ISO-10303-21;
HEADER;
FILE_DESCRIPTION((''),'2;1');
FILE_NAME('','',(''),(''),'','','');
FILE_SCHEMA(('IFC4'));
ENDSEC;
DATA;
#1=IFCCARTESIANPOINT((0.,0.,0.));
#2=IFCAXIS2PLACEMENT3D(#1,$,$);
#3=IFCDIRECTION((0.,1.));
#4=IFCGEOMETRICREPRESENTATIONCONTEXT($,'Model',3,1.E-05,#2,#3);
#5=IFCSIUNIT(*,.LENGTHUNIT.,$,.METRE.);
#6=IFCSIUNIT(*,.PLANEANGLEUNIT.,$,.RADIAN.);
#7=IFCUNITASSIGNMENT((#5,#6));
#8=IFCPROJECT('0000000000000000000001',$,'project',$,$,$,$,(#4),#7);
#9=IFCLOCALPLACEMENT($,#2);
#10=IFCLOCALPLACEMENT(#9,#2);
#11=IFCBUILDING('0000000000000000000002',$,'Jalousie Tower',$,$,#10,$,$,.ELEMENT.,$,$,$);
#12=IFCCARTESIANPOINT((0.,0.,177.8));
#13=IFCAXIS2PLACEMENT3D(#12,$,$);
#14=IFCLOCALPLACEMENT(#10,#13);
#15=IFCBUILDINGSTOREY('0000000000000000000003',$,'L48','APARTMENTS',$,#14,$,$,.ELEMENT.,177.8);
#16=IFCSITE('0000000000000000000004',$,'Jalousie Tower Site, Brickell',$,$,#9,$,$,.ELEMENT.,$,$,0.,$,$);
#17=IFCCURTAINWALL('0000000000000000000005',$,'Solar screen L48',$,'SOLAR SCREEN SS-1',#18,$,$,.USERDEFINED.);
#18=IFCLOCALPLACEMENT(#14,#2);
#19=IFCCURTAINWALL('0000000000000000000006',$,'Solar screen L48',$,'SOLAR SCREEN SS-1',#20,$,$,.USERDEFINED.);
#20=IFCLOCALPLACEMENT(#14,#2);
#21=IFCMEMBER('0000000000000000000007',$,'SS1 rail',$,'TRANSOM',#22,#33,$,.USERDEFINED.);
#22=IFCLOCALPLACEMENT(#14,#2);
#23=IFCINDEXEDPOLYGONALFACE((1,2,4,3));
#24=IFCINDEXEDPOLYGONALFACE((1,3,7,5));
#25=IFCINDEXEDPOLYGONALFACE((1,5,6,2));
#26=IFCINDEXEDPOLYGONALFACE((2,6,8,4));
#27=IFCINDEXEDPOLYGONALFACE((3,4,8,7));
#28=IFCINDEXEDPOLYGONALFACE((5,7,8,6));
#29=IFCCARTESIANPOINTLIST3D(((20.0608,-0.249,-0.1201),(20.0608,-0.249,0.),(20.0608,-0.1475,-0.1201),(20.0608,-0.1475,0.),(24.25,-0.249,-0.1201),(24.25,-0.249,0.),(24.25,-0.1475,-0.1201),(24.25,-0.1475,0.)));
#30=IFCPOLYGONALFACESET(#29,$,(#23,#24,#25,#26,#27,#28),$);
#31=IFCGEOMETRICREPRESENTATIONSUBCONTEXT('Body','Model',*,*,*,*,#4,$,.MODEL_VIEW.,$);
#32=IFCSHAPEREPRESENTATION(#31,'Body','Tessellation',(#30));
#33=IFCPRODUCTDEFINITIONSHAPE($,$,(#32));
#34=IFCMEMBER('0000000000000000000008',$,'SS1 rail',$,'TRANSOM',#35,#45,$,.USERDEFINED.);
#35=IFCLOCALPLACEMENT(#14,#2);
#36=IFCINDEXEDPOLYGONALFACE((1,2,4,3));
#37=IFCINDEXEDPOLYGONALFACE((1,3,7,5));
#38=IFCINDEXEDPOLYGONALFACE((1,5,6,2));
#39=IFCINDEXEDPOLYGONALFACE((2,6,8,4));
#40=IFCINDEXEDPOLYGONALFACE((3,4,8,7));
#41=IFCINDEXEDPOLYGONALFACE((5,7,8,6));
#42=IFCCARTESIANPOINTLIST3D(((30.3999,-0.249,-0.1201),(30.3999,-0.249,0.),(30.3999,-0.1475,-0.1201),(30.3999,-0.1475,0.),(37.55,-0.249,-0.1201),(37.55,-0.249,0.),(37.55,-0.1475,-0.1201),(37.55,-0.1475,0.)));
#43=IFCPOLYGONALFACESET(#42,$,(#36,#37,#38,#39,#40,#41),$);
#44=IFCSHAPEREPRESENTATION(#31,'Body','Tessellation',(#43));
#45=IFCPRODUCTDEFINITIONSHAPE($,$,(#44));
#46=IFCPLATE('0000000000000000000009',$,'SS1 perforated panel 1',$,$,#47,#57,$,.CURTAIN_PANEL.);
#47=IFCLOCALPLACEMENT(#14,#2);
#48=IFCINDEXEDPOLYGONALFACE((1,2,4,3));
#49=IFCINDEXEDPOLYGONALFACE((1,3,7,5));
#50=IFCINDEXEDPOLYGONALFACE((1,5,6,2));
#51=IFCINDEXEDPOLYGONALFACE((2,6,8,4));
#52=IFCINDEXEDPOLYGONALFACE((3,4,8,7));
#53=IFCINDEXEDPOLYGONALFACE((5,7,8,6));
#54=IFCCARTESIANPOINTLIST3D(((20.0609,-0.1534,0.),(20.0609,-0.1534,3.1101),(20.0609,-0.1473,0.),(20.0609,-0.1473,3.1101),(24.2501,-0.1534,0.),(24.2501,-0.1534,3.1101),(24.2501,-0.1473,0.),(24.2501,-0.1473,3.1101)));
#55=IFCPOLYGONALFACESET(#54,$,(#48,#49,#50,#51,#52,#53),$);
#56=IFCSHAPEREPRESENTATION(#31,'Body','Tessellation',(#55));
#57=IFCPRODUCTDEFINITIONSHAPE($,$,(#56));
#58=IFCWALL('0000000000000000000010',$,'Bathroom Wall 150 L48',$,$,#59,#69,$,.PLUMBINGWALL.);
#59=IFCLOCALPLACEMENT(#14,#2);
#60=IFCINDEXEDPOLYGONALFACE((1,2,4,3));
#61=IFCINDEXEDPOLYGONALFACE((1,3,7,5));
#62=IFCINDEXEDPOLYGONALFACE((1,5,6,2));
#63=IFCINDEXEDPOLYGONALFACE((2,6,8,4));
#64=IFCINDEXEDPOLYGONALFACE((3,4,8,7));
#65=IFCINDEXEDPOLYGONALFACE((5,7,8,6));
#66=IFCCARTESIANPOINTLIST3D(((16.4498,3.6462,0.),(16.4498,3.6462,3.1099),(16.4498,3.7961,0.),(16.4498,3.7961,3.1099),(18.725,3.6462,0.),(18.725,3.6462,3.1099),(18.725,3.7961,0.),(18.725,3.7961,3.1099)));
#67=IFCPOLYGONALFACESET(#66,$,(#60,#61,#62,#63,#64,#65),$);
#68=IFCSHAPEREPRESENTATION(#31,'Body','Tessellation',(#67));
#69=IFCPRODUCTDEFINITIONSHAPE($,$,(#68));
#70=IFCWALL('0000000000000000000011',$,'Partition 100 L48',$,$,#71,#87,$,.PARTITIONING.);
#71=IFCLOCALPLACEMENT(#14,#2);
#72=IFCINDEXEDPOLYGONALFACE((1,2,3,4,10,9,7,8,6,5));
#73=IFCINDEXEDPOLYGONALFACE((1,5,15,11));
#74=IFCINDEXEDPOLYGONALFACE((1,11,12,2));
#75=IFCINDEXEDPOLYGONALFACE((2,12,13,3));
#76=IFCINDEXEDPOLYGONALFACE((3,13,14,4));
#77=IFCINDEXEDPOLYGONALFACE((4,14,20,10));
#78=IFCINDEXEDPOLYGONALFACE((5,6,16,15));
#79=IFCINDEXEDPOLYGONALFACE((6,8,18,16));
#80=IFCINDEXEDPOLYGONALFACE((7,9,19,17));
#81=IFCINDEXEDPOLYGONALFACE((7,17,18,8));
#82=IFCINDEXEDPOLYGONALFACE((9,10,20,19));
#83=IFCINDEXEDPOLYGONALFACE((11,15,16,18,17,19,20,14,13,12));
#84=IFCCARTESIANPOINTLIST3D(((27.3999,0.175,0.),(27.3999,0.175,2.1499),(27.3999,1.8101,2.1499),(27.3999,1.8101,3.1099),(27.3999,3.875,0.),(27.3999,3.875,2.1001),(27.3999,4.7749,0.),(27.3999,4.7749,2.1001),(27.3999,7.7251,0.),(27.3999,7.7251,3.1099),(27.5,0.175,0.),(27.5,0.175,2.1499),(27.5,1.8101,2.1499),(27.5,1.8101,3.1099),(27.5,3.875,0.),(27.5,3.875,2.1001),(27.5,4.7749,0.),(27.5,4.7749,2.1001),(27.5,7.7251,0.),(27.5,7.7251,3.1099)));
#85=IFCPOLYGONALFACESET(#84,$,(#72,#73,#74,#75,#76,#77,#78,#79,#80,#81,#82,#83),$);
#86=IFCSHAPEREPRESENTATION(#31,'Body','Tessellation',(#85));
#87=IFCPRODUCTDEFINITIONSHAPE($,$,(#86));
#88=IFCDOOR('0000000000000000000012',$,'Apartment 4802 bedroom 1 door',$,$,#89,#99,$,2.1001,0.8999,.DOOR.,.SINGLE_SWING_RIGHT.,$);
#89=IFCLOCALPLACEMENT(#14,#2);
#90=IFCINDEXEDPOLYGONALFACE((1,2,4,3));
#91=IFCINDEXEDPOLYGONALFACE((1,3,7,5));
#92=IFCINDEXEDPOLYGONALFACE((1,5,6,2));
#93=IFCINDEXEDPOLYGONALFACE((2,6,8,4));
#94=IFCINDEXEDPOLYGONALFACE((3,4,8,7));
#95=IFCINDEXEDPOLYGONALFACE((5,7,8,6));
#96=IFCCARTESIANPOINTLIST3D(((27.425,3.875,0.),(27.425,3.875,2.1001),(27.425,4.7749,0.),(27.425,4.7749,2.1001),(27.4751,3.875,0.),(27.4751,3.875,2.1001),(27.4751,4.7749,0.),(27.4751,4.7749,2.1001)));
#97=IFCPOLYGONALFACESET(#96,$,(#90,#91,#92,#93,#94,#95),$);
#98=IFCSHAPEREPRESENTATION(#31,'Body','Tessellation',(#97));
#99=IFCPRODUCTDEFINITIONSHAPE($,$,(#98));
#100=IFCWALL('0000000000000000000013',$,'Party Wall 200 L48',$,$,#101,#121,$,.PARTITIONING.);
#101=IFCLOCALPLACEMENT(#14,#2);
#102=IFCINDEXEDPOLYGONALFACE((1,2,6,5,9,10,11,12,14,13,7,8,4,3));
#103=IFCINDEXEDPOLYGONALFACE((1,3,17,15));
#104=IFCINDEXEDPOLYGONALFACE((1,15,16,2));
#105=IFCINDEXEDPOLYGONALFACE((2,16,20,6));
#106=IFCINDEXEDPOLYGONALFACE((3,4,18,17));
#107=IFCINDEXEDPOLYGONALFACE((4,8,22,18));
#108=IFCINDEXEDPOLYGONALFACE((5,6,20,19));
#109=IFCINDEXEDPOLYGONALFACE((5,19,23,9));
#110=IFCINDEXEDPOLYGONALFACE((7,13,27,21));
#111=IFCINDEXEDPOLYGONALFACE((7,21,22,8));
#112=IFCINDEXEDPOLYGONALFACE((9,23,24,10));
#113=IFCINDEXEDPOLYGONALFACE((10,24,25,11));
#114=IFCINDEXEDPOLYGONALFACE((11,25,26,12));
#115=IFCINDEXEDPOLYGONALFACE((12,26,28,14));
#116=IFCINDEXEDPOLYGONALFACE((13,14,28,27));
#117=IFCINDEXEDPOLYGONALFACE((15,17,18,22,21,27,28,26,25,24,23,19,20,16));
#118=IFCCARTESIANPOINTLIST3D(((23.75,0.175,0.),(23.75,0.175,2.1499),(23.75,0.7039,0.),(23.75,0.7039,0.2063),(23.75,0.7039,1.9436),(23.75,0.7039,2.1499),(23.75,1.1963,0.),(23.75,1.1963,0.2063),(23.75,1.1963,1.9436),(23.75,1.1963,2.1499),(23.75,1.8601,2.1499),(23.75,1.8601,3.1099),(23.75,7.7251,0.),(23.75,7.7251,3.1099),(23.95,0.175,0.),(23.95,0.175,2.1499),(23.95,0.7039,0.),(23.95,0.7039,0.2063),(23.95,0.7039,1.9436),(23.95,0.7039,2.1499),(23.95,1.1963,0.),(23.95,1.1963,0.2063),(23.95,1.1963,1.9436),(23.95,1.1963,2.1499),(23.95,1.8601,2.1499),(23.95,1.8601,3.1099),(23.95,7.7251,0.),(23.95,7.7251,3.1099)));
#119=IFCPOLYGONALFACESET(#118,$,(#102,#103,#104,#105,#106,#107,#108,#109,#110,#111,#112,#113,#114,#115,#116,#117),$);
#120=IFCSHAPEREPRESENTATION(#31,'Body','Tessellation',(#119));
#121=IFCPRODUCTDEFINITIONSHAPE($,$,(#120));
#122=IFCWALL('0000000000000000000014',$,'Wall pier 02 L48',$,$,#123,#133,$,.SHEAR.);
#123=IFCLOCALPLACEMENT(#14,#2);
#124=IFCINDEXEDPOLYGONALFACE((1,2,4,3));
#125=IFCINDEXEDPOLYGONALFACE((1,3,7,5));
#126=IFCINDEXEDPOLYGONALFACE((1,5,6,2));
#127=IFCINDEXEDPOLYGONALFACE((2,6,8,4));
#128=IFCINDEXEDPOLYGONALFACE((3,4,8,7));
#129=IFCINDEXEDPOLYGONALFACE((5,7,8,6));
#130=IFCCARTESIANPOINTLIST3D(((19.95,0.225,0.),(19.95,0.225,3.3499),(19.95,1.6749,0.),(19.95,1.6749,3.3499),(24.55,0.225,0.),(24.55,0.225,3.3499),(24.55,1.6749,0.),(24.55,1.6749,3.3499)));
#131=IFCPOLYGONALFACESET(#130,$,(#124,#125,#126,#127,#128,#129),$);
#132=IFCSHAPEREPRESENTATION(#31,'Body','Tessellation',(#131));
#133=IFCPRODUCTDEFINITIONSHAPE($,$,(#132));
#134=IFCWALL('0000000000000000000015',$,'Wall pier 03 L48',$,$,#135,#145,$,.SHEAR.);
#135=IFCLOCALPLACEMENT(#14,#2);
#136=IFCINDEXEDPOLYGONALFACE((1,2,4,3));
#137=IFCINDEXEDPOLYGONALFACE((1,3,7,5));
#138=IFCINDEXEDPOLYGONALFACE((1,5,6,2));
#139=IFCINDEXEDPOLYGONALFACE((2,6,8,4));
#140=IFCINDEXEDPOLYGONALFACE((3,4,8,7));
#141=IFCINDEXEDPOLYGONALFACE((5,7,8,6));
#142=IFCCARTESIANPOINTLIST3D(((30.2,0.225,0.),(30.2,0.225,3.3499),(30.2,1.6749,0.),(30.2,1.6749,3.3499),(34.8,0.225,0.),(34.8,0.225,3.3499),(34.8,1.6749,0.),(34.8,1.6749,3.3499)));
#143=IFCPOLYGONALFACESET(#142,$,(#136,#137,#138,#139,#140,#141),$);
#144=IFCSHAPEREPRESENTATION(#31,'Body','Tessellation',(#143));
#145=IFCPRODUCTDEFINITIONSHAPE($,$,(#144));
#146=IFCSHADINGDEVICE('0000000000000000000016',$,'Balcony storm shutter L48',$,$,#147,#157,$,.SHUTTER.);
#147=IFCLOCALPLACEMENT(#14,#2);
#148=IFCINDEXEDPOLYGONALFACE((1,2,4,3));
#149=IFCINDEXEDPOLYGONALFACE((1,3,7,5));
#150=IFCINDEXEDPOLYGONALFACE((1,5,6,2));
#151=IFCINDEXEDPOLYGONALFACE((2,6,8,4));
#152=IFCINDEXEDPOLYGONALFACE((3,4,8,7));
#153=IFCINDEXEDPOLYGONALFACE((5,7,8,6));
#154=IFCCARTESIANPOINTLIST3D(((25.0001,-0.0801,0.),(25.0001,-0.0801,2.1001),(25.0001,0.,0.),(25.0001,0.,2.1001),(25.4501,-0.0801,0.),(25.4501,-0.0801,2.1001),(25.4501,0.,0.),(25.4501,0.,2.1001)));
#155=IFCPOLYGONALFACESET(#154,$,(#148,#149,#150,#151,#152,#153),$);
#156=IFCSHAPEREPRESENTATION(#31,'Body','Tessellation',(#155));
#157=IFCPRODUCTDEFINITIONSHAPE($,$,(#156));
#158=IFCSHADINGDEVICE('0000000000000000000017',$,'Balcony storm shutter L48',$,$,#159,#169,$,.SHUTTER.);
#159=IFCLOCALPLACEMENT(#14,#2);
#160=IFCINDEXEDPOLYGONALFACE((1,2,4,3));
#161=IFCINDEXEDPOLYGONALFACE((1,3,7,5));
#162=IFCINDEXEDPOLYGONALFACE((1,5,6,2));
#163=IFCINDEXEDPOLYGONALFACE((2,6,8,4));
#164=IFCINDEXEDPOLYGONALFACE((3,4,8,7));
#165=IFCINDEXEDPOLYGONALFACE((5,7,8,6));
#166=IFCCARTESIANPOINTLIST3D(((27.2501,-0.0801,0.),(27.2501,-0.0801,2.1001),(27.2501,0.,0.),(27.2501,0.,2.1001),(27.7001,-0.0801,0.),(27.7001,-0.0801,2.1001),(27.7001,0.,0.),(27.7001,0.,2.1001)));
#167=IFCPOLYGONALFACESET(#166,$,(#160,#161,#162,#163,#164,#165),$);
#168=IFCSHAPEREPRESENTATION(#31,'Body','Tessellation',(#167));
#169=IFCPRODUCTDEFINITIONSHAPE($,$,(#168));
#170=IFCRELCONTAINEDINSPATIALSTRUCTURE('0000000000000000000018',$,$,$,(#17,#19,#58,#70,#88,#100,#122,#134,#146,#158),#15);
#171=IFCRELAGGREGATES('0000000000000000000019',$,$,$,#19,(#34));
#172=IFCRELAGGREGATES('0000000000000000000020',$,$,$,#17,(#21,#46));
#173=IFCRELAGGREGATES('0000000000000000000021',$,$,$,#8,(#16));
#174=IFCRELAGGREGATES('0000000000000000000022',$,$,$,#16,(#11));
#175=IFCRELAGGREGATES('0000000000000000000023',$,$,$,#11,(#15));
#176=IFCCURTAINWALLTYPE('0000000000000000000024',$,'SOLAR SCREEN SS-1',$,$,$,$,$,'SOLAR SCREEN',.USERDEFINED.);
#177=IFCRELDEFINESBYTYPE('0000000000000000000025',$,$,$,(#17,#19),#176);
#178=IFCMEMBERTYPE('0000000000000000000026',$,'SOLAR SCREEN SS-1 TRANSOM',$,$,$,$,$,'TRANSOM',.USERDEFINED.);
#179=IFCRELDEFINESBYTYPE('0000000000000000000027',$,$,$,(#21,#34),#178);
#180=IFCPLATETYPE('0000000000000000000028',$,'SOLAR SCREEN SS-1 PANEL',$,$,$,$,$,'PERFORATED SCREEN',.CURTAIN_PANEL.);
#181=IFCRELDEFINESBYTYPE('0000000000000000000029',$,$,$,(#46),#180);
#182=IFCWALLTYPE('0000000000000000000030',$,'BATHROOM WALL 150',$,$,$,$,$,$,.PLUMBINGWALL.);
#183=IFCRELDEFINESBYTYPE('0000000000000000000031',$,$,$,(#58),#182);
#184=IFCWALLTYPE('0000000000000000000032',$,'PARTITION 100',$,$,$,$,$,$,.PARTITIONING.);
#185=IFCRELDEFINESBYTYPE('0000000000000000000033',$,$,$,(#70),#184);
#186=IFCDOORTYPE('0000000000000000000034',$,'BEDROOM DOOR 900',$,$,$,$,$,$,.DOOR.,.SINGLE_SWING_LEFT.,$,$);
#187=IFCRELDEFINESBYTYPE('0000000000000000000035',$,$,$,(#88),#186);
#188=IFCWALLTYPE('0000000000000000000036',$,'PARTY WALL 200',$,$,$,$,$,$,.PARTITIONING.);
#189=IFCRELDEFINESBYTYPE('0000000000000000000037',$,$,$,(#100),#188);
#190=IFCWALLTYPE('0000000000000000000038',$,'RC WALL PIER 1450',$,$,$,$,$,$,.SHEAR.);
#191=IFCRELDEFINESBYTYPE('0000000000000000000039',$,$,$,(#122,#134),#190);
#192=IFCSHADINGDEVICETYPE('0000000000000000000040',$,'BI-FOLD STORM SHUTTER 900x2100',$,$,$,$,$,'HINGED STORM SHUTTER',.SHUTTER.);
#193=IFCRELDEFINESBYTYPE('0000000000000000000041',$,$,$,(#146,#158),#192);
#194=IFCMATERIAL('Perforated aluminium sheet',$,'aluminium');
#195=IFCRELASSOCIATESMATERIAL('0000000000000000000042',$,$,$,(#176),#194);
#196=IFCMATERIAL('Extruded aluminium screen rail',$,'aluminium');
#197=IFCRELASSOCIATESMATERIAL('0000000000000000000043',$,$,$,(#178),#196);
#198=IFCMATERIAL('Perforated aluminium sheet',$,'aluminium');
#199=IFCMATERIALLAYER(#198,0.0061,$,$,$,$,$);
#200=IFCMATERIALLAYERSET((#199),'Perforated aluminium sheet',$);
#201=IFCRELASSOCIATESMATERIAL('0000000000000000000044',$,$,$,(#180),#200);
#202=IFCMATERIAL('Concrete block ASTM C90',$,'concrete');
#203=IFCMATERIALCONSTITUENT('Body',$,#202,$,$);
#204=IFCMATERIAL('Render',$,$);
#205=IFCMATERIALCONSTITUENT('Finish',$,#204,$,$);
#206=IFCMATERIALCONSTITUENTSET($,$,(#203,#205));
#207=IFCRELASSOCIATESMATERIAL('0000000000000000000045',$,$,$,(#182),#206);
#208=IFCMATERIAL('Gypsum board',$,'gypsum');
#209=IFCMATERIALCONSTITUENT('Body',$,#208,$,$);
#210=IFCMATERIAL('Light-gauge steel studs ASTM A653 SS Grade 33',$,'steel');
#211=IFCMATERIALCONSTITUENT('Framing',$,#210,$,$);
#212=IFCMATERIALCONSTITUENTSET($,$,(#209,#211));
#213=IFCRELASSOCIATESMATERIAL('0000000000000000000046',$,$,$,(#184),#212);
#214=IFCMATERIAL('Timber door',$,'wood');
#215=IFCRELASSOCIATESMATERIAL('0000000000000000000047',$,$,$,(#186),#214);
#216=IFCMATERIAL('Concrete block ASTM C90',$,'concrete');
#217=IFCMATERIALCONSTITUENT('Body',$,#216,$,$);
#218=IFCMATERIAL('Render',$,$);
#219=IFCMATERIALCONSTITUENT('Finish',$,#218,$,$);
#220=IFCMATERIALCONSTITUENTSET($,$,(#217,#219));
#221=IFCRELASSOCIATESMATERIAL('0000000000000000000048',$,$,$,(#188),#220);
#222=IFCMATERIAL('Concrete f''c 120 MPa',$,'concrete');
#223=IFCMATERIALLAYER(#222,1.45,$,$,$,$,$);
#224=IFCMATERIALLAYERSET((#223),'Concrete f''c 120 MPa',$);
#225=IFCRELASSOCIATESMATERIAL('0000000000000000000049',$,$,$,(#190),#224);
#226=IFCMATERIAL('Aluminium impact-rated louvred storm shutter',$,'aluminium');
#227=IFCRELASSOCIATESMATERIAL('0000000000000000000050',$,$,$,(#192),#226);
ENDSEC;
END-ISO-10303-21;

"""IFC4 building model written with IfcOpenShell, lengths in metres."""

from ifc_helpers import new_model, si_unit, direction, frame, frame_2d, origin, origin_2d, place, context, subcontext, project, spatial, polyline, rectangle, outline, extrude, material, layer, layer_set, constituent, constituent_set, material_profile, profile_set, type_object, element, fill, aggregate, save


model = new_model("IFC4")

# Units and contexts
model_context = context("Model", 3, precision=1e-05, world=origin(), true_north=direction((0.0, 1.0)))
body_context = subcontext(model_context, "Body", "Model", "MODEL_VIEW")
ifc_project = project(units=[si_unit("LENGTHUNIT", "METRE"), si_unit("PLANEANGLEUNIT", "RADIAN")], contexts=[model_context])

# Site, building, storey
site_placement = place(None, origin())
site = spatial("IfcSite", under=ifc_project, at=site_placement, Name="Jalousie Tower Site, Brickell", CompositionType="ELEMENT", RefElevation=0.0)
building_placement = place(site_placement, origin())
building = spatial("IfcBuilding", under=site, at=building_placement, Name="Jalousie Tower", CompositionType="ELEMENT")
storey_placement = place(building_placement, frame((0.0, 0.0, 177.8)))
storey = spatial("IfcBuildingStorey", under=building, at=storey_placement, Name="L48", Description="APARTMENTS", CompositionType="ELEMENT", Elevation=177.8)

# Curtain wall
ifc_material_1 = material(Name="Perforated aluminium sheet", Category="aluminium")
curtain_wall_type = type_object("IfcCurtainWallType", Name="SOLAR SCREEN SS-1", ElementType="SOLAR SCREEN", PredefinedType="USERDEFINED", material=ifc_material_1)
curtain_wall_1_placement = place(storey_placement, origin())
curtain_wall_1 = element("IfcCurtainWall", 1, at=curtain_wall_1_placement, inside=storey, type_object=curtain_wall_type, Name="Solar screen L48", ObjectType="SOLAR SCREEN SS-1", PredefinedType="USERDEFINED")

# Curtain wall
curtain_wall_2_placement = place(storey_placement, origin())
curtain_wall_2 = element("IfcCurtainWall", 2, at=curtain_wall_2_placement, inside=storey, type_object=curtain_wall_type, Name="Solar screen L48", ObjectType="SOLAR SCREEN SS-1", PredefinedType="USERDEFINED")

# Members
ifc_material_2 = material(Name="Extruded aluminium screen rail", Category="aluminium")
ifc_material_profile_1 = material_profile(ifc_material_2, rectangle(XDim=0.1016, YDim=0.1201, at=origin_2d()), Name="RAIL 102x120")
ifc_profile_set_1 = profile_set([ifc_material_profile_1], Name="Extruded aluminium screen rail")
member_type_1 = type_object("IfcMemberType", Name="SOLAR SCREEN SS-1 TRANSOM", ElementType="TRANSOM", PredefinedType="USERDEFINED", material=ifc_profile_set_1)
member_1_placement = place(storey_placement, frame((20.0608, -0.1982, -0.0601), z_axis=(1.0, 0.0, 0.0), x_axis=(0.0, 1.0, 0.0)))
member_1 = element("IfcMember", 3, at=member_1_placement, type_object=member_type_1, Name="SS1 rail", ObjectType="TRANSOM", PredefinedType="USERDEFINED", context=body_context, shape_type="SweptSolid", body=[
    extrude(rectangle(XDim=0.1016, YDim=0.1201, at=origin_2d()), origin(), (0.0, 0.0, 1.0), 4.1892),
])
member_2_placement = place(storey_placement, frame((30.3999, -0.1982, -0.0601), z_axis=(1.0, 0.0, 0.0), x_axis=(0.0, 1.0, 0.0)))
member_2 = element("IfcMember", 4, at=member_2_placement, type_object=member_type_1, Name="SS1 rail", ObjectType="TRANSOM", PredefinedType="USERDEFINED", context=body_context, shape_type="SweptSolid", body=[
    extrude(rectangle(XDim=0.1016, YDim=0.1201, at=origin_2d()), origin(), (0.0, 0.0, 1.0), 7.1501),
])
aggregate(curtain_wall_2, [member_2])

# Plate
ifc_material_3 = material(Name="Perforated aluminium sheet", Category="aluminium")
ifc_layer_1 = layer(ifc_material_3, 0.0061)
ifc_layer_set_1 = layer_set([ifc_layer_1], Name="Perforated aluminium sheet")
plate_type = type_object("IfcPlateType", Name="SOLAR SCREEN SS-1 PANEL", ElementType="PERFORATED SCREEN", PredefinedType="CURTAIN_PANEL", material=ifc_layer_set_1)
plate_placement = place(storey_placement, frame((22.1555, -0.1504, 0.0), z_axis=(0.0, 0.0, 1.0), x_axis=(1.0, 0.0, 0.0)))
plate = element("IfcPlate", 5, at=plate_placement, type_object=plate_type, Name="SS1 perforated panel 1", PredefinedType="CURTAIN_PANEL", context=body_context, shape_type="SweptSolid", body=[
    extrude(rectangle(XDim=4.1892, YDim=0.0061, at=origin_2d()), origin(), (0.0, 0.0, 1.0), 3.1101),
])
aggregate(curtain_wall_1, [member_1, plate])

# Wall
ifc_material_4 = material(Name="Concrete block ASTM C90", Category="concrete")
ifc_constituent_1 = constituent(ifc_material_4, Name="Body")
ifc_material_5 = material(Name="Render")
ifc_constituent_2 = constituent(ifc_material_5, Name="Finish")
ifc_constituent_set_1 = constituent_set(constituents=[ifc_constituent_1, ifc_constituent_2])
wall_type_1 = type_object("IfcWallType", Name="BATHROOM WALL 150", PredefinedType="PLUMBINGWALL", material=ifc_constituent_set_1)
wall_1_placement = place(storey_placement, frame((18.7251, 3.7212, 0.0), z_axis=(0.0, 0.0, 1.0), x_axis=(-1.0, 0.0, 0.0)))
element("IfcWall", 6, at=wall_1_placement, inside=storey, type_object=wall_type_1, Name="Bathroom Wall 150 L48", PredefinedType="PLUMBINGWALL", context=body_context, shape_type="SweptSolid", body=[
    extrude(rectangle(XDim=2.2751, YDim=0.1499, at=frame_2d((1.1377, 0.0))), origin(), (0.0, 0.0, 1.0), 3.1099),
])

# Wall, opening, door
ifc_material_6 = material(Name="Gypsum board", Category="gypsum")
ifc_constituent_3 = constituent(ifc_material_6, Name="Body")
ifc_material_7 = material(Name="Light-gauge steel studs ASTM A653 SS Grade 33", Category="steel")
ifc_constituent_4 = constituent(ifc_material_7, Name="Framing")
ifc_constituent_set_2 = constituent_set(constituents=[ifc_constituent_3, ifc_constituent_4])
wall_type_2 = type_object("IfcWallType", Name="PARTITION 100", PredefinedType="PARTITIONING", material=ifc_constituent_set_2)
wall_2_placement = place(storey_placement, frame((27.45, 0.175, 0.0), z_axis=(0.0, 0.0, 1.0), x_axis=(0.0, 1.0, 0.0)))
wall_2 = element("IfcWall", 7, at=wall_2_placement, inside=storey, type_object=wall_type_2, Name="Partition 100 L48", PredefinedType="PARTITIONING", context=body_context, shape_type="SweptSolid", body=[
    extrude(outline(polyline([(0.0, 0.0), (7.55, 0.0), (7.55, 3.1099), (1.635, 3.1099), (1.635, 2.1499), (0.0, 2.1499), (0.0, 3.1099), (0.0, 0.0)])), frame((0.0, 0.05, 0.0), z_axis=(0.0, -1.0, 0.0), x_axis=(1.0, 0.0, 0.0)), (0.0, 0.0, 1.0), 0.1001),
])
opening_placement = place(wall_2_placement, frame((3.7, 0.0, 0.0)))
opening = element("IfcOpeningElement", 8, at=opening_placement, cuts=wall_2, PredefinedType="OPENING", context=body_context, shape_type="SweptSolid", body=[
    extrude(rectangle(XDim=0.8999, YDim=2.1001, at=frame_2d((0.45, 1.05))), frame((0.0, 0.0601, 0.0), z_axis=(0.0, -1.0, 0.0), x_axis=(1.0, 0.0, 0.0)), (0.0, 0.0, 1.0), 0.1201),
])
ifc_material_8 = material(Name="Timber door", Category="wood")
door_type = type_object("IfcDoorType", Name="BEDROOM DOOR 900", OperationType="SINGLE_SWING_LEFT", PredefinedType="DOOR", material=ifc_material_8)
door_placement = place(opening_placement, origin())
door = element("IfcDoor", 9, at=door_placement, inside=storey, type_object=door_type, Name="Apartment 4802 bedroom 1 door", OperationType="SINGLE_SWING_RIGHT", OverallHeight=2.1001, OverallWidth=0.8999, PredefinedType="DOOR", context=body_context, shape_type="SweptSolid", body=[
    extrude(rectangle(XDim=0.8999, YDim=2.1001, at=frame_2d((0.45, 1.05))), frame((0.0, 0.0249, 0.0), z_axis=(0.0, -1.0, 0.0), x_axis=(1.0, 0.0, 0.0)), (0.0, 0.0, 1.0), 0.05),
])
fill(opening, door)

# Walls
ifc_material_9 = material(Name="Concrete block ASTM C90", Category="concrete")
ifc_constituent_5 = constituent(ifc_material_9, Name="Body")
ifc_material_10 = material(Name="Render")
ifc_constituent_6 = constituent(ifc_material_10, Name="Finish")
ifc_constituent_set_3 = constituent_set(constituents=[ifc_constituent_5, ifc_constituent_6])
wall_type_3 = type_object("IfcWallType", Name="PARTY WALL 200", PredefinedType="PARTITIONING", material=ifc_constituent_set_3)
wall_3_placement = place(storey_placement, frame((23.8501, 0.175, 0.0), z_axis=(0.0, 0.0, 1.0), x_axis=(0.0, 1.0, 0.0)))
element("IfcWall", 10, at=wall_3_placement, inside=storey, type_object=wall_type_3, Name="Party Wall 200 L48", PredefinedType="PARTITIONING", context=body_context, shape_type="SweptSolid", body=[
    extrude(outline(polyline([(0.5288, 2.1499), (0.0, 2.1499), (0.0, 0.0), (0.5288, 0.0), (0.5288, 0.2063), (1.0212, 0.2063), (1.0212, 0.0), (7.55, 0.0), (7.55, 3.1099), (1.6851, 3.1099), (1.6851, 2.1499), (1.0212, 2.1499), (1.0212, 1.9436), (0.5288, 1.9436), (0.5288, 2.1499)])), frame((0.0, 0.1001, 0.0), z_axis=(0.0, -1.0, 0.0), x_axis=(1.0, 0.0, 0.0)), (0.0, 0.0, 1.0), 0.2),
])
ifc_material_11 = material(Name="Concrete f'c 120 MPa", Category="concrete")
ifc_layer_2 = layer(ifc_material_11, 1.45)
ifc_layer_set_2 = layer_set([ifc_layer_2], Name="Concrete f'c 120 MPa")
wall_type_4 = type_object("IfcWallType", Name="RC WALL PIER 1450", PredefinedType="SHEAR", material=ifc_layer_set_2)
for number, where, z_axis, x_axis, name in (
    (11, (19.95, 0.95, 0.0), (0.0, 0.0, 1.0), (1.0, 0.0, 0.0), "Wall pier 02 L48"),
    (12, (30.2, 0.95, 0.0), (0.0, 0.0, 1.0), (1.0, 0.0, 0.0), "Wall pier 03 L48"),
):
    element("IfcWall", number, at=place(storey_placement, frame(where, z_axis=z_axis, x_axis=x_axis)), inside=storey, type_object=wall_type_4, Name=name, PredefinedType="SHEAR", context=body_context, shape_type="SweptSolid", body=[
        extrude(rectangle(XDim=4.6001, YDim=1.45, at=frame_2d((2.3, 0.0))), origin(), (0.0, 0.0, 1.0), 3.3499),
    ])

# Shading devices
ifc_material_12 = material(Name="Aluminium impact-rated louvred storm shutter", Category="aluminium")
shading_device_type_1 = type_object("IfcShadingDeviceType", Name="BI-FOLD STORM SHUTTER 900x2100", ElementType="HINGED STORM SHUTTER", PredefinedType="SHUTTER", material=ifc_material_12)
for number, where, z_axis, x_axis, name in (
    (13, (25.2251, -0.04, 0.0), (0.0, 0.0, 1.0), (1.0, 0.0, 0.0), "Balcony storm shutter L48"),
    (14, (27.4751, -0.04, 0.0), (0.0, 0.0, 1.0), (1.0, 0.0, 0.0), "Balcony storm shutter L48"),
):
    element("IfcShadingDevice", number, at=place(storey_placement, frame(where, z_axis=z_axis, x_axis=x_axis)), inside=storey, type_object=shading_device_type_1, Name=name, PredefinedType="SHUTTER", context=body_context, shape_type="SweptSolid", body=[
        extrude(rectangle(XDim=0.45, YDim=0.0801, at=origin_2d()), origin(), (0.0, 0.0, 1.0), 2.1001),
    ])

save(model, "model.ifc")
